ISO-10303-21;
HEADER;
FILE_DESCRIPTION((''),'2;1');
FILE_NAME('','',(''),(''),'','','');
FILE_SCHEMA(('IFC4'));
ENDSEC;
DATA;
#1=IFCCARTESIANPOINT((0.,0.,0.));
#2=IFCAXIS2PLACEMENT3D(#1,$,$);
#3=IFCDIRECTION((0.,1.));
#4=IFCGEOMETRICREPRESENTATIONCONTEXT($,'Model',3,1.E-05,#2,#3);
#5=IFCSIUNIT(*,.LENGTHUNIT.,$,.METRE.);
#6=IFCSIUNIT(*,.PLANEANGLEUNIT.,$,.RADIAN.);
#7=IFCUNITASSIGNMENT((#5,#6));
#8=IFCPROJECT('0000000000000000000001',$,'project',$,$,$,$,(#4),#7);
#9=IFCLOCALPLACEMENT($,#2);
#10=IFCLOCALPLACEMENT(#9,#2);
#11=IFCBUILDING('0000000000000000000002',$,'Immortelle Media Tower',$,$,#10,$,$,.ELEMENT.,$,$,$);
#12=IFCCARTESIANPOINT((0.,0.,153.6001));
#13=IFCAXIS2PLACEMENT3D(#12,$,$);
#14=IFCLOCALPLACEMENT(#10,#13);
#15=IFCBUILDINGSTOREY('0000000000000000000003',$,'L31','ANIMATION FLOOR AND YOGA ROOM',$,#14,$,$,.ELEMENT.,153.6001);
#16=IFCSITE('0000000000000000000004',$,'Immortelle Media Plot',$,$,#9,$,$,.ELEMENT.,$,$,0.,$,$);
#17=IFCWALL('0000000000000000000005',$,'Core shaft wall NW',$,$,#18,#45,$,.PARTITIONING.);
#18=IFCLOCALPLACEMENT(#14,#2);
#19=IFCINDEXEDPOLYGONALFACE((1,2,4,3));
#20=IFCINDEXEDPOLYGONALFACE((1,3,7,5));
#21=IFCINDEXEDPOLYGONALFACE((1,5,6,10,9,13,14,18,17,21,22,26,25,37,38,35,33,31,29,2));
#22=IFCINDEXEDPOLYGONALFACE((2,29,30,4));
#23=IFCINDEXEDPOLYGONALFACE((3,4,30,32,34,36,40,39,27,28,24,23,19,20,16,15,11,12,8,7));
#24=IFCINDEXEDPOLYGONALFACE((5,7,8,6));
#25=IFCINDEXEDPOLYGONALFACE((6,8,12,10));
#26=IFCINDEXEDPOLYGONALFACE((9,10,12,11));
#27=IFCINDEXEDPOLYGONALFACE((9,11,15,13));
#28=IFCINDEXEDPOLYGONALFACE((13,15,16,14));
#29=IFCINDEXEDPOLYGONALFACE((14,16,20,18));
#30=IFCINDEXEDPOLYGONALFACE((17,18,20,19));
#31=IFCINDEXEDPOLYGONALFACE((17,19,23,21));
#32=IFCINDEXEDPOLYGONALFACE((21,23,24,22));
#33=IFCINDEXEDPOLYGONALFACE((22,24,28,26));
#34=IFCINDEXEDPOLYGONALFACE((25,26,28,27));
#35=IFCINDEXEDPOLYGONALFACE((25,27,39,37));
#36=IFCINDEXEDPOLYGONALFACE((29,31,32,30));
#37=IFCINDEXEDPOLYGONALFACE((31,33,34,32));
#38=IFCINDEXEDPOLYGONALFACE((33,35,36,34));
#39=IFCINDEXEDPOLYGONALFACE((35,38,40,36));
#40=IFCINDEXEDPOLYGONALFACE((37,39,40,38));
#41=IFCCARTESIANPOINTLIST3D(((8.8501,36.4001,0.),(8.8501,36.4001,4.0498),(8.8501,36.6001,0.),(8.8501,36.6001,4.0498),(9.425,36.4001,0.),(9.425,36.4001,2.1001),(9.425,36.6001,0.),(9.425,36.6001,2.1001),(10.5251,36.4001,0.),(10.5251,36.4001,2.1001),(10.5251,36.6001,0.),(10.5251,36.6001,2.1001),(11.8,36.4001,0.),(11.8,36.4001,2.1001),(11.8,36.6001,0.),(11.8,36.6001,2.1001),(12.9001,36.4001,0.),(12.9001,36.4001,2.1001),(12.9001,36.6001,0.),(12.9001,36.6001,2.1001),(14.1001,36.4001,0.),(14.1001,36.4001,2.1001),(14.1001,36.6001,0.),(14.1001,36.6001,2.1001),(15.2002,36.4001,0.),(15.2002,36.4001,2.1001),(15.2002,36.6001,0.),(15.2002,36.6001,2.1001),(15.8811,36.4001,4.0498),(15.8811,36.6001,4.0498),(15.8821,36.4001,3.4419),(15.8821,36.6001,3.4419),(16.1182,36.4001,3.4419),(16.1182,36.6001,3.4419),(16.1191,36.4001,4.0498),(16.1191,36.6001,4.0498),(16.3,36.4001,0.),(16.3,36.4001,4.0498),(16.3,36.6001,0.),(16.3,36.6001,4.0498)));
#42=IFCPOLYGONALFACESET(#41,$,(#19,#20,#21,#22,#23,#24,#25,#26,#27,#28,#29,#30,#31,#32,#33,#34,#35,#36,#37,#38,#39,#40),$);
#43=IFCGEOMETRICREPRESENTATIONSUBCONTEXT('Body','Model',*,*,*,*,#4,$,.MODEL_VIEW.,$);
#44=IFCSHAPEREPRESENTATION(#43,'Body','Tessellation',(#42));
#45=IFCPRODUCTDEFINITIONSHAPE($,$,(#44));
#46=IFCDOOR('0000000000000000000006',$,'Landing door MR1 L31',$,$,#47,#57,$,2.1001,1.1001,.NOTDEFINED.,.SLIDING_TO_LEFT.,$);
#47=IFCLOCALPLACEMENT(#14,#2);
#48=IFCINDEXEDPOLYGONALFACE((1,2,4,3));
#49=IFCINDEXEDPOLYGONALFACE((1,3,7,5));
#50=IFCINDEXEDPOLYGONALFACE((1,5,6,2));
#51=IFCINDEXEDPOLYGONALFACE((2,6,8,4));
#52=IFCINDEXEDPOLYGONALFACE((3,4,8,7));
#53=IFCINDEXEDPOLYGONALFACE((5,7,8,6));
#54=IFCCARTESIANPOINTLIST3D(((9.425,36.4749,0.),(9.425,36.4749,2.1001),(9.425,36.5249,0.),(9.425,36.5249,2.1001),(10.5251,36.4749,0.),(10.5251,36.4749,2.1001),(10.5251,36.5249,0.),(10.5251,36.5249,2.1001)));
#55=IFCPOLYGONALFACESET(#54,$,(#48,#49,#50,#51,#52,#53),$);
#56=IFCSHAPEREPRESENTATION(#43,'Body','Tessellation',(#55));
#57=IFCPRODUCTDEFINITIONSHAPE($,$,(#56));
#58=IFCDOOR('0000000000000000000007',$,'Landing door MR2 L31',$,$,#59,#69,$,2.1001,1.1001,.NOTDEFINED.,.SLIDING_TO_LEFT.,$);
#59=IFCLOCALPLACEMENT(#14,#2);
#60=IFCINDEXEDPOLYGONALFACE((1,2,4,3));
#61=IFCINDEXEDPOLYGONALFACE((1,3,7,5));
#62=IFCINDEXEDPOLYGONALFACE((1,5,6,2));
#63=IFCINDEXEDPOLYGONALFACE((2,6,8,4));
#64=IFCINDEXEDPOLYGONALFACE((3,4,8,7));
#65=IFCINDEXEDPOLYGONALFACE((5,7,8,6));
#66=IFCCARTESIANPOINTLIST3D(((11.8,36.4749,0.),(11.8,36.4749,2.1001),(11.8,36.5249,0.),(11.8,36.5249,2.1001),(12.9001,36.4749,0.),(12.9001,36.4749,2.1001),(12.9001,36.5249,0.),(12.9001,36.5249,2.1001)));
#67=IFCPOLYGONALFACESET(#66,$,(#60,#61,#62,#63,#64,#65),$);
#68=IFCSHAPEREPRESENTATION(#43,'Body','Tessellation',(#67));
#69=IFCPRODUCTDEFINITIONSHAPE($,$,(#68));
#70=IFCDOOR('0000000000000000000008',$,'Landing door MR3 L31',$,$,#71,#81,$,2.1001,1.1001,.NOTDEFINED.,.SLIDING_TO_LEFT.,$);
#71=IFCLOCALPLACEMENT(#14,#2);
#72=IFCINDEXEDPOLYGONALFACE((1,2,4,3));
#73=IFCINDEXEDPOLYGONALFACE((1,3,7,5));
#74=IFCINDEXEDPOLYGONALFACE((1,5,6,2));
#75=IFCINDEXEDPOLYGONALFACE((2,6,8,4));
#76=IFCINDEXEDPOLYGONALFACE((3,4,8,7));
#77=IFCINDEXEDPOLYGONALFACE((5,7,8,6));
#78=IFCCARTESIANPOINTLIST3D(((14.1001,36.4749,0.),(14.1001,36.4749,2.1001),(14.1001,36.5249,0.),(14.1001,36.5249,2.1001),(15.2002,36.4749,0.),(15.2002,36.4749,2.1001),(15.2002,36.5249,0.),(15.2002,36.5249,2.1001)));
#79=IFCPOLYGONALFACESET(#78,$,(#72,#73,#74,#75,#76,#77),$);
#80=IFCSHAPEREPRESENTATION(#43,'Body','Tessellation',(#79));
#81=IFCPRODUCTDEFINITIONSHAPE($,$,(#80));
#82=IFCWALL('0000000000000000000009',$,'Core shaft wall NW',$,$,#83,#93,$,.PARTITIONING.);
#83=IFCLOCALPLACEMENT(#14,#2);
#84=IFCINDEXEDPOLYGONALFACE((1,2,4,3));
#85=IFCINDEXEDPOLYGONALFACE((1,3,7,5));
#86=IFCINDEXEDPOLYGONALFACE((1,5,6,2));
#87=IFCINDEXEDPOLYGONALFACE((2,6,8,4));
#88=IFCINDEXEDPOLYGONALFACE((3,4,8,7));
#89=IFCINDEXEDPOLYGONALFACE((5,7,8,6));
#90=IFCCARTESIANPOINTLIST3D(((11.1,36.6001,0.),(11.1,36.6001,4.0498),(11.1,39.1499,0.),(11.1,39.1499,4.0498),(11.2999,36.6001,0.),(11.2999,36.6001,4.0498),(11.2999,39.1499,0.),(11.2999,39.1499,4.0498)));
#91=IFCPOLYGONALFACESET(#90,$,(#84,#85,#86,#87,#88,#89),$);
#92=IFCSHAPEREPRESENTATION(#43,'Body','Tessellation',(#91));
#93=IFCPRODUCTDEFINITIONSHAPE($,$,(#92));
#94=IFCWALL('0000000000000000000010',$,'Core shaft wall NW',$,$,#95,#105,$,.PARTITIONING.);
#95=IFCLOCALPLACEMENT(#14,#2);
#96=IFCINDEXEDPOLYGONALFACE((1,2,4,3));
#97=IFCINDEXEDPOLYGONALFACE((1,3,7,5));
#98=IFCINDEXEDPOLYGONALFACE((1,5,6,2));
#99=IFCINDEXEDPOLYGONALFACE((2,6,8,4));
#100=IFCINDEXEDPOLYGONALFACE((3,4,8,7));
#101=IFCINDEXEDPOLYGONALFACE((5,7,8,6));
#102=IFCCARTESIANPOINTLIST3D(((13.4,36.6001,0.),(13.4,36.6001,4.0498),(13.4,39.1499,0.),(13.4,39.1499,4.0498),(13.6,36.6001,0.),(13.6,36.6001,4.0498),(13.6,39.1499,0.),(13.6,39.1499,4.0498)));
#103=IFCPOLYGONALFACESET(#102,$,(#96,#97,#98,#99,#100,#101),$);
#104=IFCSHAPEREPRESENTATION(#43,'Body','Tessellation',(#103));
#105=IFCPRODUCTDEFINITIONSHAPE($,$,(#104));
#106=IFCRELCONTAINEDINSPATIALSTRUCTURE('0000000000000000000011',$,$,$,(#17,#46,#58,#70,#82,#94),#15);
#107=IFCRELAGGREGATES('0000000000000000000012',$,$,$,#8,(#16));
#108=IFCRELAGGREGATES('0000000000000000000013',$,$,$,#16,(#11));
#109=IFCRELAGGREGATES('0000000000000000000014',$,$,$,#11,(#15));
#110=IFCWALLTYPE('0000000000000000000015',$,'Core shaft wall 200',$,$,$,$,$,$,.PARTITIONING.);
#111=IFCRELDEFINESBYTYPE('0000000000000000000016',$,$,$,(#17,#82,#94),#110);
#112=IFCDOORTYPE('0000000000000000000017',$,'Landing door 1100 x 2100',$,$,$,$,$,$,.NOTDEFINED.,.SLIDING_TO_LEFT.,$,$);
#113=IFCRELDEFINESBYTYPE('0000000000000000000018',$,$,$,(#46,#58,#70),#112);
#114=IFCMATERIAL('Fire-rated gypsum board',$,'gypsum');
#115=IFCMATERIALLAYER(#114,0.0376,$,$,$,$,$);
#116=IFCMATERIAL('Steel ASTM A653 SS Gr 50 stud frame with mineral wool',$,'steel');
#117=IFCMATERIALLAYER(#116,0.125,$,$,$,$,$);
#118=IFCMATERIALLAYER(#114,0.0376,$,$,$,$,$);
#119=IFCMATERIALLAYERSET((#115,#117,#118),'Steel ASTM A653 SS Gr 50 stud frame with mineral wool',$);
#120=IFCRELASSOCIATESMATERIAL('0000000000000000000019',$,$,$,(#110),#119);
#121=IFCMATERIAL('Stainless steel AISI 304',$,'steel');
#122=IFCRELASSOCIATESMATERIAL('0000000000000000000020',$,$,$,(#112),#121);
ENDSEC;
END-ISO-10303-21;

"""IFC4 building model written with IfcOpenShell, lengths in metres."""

from ifc_helpers import new_model, si_unit, direction, frame, frame_2d, origin, place, context, subcontext, project, spatial, polyline, rectangle, outline, extrude, material, layer, layer_set, type_object, element, fill, save


model = new_model("IFC4")

# Units and contexts
model_context = context("Model", 3, precision=1e-05, world=origin(), true_north=direction((0.0, 1.0)))
body_context = subcontext(model_context, "Body", "Model", "MODEL_VIEW")
ifc_project = project(units=[si_unit("LENGTHUNIT", "METRE"), si_unit("PLANEANGLEUNIT", "RADIAN")], contexts=[model_context])

# Site, building, storey
site_placement = place(None, origin())
site = spatial("IfcSite", under=ifc_project, at=site_placement, Name="Immortelle Media Plot", CompositionType="ELEMENT", RefElevation=0.0)
building_placement = place(site_placement, origin())
building = spatial("IfcBuilding", under=site, at=building_placement, Name="Immortelle Media Tower", CompositionType="ELEMENT")
storey_placement = place(building_placement, frame((0.0, 0.0, 153.6001)))
storey = spatial("IfcBuildingStorey", under=building, at=storey_placement, Name="L31", Description="ANIMATION FLOOR AND YOGA ROOM", CompositionType="ELEMENT", Elevation=153.6001)

# Shared definitions
ifc_material_1 = material(Name="Fire-rated gypsum board", Category="gypsum")
ifc_material_2 = material(Name="Steel ASTM A653 SS Gr 50 stud frame with mineral wool", Category="steel")

# Shared definitions
ifc_layer_1 = layer(ifc_material_1, 0.0376)
ifc_layer_2 = layer(ifc_material_2, 0.125)
ifc_layer_3 = layer(ifc_material_1, 0.0376)
ifc_layer_set_1 = layer_set([ifc_layer_1, ifc_layer_2, ifc_layer_3], Name="Steel ASTM A653 SS Gr 50 stud frame with mineral wool")
wall_type_1 = type_object("IfcWallType", Name="Core shaft wall 200", PredefinedType="PARTITIONING", material=ifc_layer_set_1)

# Wall, openings, doors
wall_1_placement = place(storey_placement, frame((8.8501, 36.5, 0.0), z_axis=(0.0, 0.0, 1.0), x_axis=(1.0, 0.0, 0.0)))
wall_1 = element("IfcWall", 1, at=wall_1_placement, inside=storey, type_object=wall_type_1, Name="Core shaft wall NW", PredefinedType="PARTITIONING", context=body_context, shape_type="SweptSolid", body=[
    extrude(outline(polyline([(0.0, 0.0), (7.45, 0.0), (7.45, 4.0498), (7.269, 4.0498), (7.2681, 3.4419), (7.032, 3.4419), (7.031, 4.0498), (0.0, 4.0498), (0.0, 0.0)])), frame((0.0, 0.1001, 0.0), z_axis=(0.0, -1.0, 0.0), x_axis=(1.0, 0.0, 0.0)), (0.0, 0.0, 1.0), 0.2),
])
opening_1_placement = place(wall_1_placement, frame((0.575, 0.0, 0.0)))
opening_1 = element("IfcOpeningElement", 2, at=opening_1_placement, cuts=wall_1, PredefinedType="OPENING", context=body_context, shape_type="SweptSolid", body=[
    extrude(rectangle(XDim=1.1001, YDim=2.1001, at=frame_2d((0.55, 1.05))), frame((0.0, 0.1099, 0.0), z_axis=(0.0, -1.0, 0.0), x_axis=(1.0, 0.0, 0.0)), (0.0, 0.0, 1.0), 0.22),
])
opening_2_placement = place(wall_1_placement, frame((2.95, 0.0, 0.0)))
opening_2 = element("IfcOpeningElement", 3, at=opening_2_placement, cuts=wall_1, PredefinedType="OPENING", context=body_context, shape_type="SweptSolid", body=[
    extrude(rectangle(XDim=1.1001, YDim=2.1001, at=frame_2d((0.55, 1.05))), frame((0.0, 0.1099, 0.0), z_axis=(0.0, -1.0, 0.0), x_axis=(1.0, 0.0, 0.0)), (0.0, 0.0, 1.0), 0.22),
])
opening_3_placement = place(wall_1_placement, frame((5.25, 0.0, 0.0)))
opening_3 = element("IfcOpeningElement", 4, at=opening_3_placement, cuts=wall_1, PredefinedType="OPENING", context=body_context, shape_type="SweptSolid", body=[
    extrude(rectangle(XDim=1.1001, YDim=2.1001, at=frame_2d((0.55, 1.05))), frame((0.0, 0.1099, 0.0), z_axis=(0.0, -1.0, 0.0), x_axis=(1.0, 0.0, 0.0)), (0.0, 0.0, 1.0), 0.22),
])
ifc_material_3 = material(Name="Stainless steel AISI 304", Category="steel")
door_type_1 = type_object("IfcDoorType", Name="Landing door 1100 x 2100", OperationType="SLIDING_TO_LEFT", PredefinedType="NOTDEFINED", material=ifc_material_3)
door_1_placement = place(opening_1_placement, origin())
door_1 = element("IfcDoor", 5, at=door_1_placement, inside=storey, type_object=door_type_1, Name="Landing door MR1 L31", OperationType="SLIDING_TO_LEFT", OverallHeight=2.1001, OverallWidth=1.1001, PredefinedType="NOTDEFINED", context=body_context, shape_type="SweptSolid", body=[
    extrude(rectangle(XDim=1.1001, YDim=2.1001, at=frame_2d((0.55, 1.05))), frame((0.0, 0.0249, 0.0), z_axis=(0.0, -1.0, 0.0), x_axis=(1.0, 0.0, 0.0)), (0.0, 0.0, 1.0), 0.05),
])
fill(opening_1, door_1)
door_2_placement = place(opening_2_placement, origin())
door_2 = element("IfcDoor", 6, at=door_2_placement, inside=storey, type_object=door_type_1, Name="Landing door MR2 L31", OperationType="SLIDING_TO_LEFT", OverallHeight=2.1001, OverallWidth=1.1001, PredefinedType="NOTDEFINED", context=body_context, shape_type="SweptSolid", body=[
    extrude(rectangle(XDim=1.1001, YDim=2.1001, at=frame_2d((0.55, 1.05))), frame((0.0, 0.0249, 0.0), z_axis=(0.0, -1.0, 0.0), x_axis=(1.0, 0.0, 0.0)), (0.0, 0.0, 1.0), 0.05),
])
fill(opening_2, door_2)
door_3_placement = place(opening_3_placement, origin())
door_3 = element("IfcDoor", 7, at=door_3_placement, inside=storey, type_object=door_type_1, Name="Landing door MR3 L31", OperationType="SLIDING_TO_LEFT", OverallHeight=2.1001, OverallWidth=1.1001, PredefinedType="NOTDEFINED", context=body_context, shape_type="SweptSolid", body=[
    extrude(rectangle(XDim=1.1001, YDim=2.1001, at=frame_2d((0.55, 1.05))), frame((0.0, 0.0249, 0.0), z_axis=(0.0, -1.0, 0.0), x_axis=(1.0, 0.0, 0.0)), (0.0, 0.0, 1.0), 0.05),
])
fill(opening_3, door_3)

# Walls
for number, where, z_axis, x_axis, name in (
    (8, (11.2, 36.6001, 0.0), (0.0, 0.0, 1.0), (0.0, 1.0, 0.0), "Core shaft wall NW"),
    (9, (13.5, 36.6001, 0.0), (0.0, 0.0, 1.0), (0.0, 1.0, 0.0), "Core shaft wall NW"),
):
    element("IfcWall", number, at=place(storey_placement, frame(where, z_axis=z_axis, x_axis=x_axis)), inside=storey, type_object=wall_type_1, Name=name, PredefinedType="PARTITIONING", context=body_context, shape_type="SweptSolid", body=[
        extrude(rectangle(XDim=2.5498, YDim=0.2, at=frame_2d((1.2749, 0.0))), origin(), (0.0, 0.0, 1.0), 4.0498),
    ])

save(model, "model.ifc")
